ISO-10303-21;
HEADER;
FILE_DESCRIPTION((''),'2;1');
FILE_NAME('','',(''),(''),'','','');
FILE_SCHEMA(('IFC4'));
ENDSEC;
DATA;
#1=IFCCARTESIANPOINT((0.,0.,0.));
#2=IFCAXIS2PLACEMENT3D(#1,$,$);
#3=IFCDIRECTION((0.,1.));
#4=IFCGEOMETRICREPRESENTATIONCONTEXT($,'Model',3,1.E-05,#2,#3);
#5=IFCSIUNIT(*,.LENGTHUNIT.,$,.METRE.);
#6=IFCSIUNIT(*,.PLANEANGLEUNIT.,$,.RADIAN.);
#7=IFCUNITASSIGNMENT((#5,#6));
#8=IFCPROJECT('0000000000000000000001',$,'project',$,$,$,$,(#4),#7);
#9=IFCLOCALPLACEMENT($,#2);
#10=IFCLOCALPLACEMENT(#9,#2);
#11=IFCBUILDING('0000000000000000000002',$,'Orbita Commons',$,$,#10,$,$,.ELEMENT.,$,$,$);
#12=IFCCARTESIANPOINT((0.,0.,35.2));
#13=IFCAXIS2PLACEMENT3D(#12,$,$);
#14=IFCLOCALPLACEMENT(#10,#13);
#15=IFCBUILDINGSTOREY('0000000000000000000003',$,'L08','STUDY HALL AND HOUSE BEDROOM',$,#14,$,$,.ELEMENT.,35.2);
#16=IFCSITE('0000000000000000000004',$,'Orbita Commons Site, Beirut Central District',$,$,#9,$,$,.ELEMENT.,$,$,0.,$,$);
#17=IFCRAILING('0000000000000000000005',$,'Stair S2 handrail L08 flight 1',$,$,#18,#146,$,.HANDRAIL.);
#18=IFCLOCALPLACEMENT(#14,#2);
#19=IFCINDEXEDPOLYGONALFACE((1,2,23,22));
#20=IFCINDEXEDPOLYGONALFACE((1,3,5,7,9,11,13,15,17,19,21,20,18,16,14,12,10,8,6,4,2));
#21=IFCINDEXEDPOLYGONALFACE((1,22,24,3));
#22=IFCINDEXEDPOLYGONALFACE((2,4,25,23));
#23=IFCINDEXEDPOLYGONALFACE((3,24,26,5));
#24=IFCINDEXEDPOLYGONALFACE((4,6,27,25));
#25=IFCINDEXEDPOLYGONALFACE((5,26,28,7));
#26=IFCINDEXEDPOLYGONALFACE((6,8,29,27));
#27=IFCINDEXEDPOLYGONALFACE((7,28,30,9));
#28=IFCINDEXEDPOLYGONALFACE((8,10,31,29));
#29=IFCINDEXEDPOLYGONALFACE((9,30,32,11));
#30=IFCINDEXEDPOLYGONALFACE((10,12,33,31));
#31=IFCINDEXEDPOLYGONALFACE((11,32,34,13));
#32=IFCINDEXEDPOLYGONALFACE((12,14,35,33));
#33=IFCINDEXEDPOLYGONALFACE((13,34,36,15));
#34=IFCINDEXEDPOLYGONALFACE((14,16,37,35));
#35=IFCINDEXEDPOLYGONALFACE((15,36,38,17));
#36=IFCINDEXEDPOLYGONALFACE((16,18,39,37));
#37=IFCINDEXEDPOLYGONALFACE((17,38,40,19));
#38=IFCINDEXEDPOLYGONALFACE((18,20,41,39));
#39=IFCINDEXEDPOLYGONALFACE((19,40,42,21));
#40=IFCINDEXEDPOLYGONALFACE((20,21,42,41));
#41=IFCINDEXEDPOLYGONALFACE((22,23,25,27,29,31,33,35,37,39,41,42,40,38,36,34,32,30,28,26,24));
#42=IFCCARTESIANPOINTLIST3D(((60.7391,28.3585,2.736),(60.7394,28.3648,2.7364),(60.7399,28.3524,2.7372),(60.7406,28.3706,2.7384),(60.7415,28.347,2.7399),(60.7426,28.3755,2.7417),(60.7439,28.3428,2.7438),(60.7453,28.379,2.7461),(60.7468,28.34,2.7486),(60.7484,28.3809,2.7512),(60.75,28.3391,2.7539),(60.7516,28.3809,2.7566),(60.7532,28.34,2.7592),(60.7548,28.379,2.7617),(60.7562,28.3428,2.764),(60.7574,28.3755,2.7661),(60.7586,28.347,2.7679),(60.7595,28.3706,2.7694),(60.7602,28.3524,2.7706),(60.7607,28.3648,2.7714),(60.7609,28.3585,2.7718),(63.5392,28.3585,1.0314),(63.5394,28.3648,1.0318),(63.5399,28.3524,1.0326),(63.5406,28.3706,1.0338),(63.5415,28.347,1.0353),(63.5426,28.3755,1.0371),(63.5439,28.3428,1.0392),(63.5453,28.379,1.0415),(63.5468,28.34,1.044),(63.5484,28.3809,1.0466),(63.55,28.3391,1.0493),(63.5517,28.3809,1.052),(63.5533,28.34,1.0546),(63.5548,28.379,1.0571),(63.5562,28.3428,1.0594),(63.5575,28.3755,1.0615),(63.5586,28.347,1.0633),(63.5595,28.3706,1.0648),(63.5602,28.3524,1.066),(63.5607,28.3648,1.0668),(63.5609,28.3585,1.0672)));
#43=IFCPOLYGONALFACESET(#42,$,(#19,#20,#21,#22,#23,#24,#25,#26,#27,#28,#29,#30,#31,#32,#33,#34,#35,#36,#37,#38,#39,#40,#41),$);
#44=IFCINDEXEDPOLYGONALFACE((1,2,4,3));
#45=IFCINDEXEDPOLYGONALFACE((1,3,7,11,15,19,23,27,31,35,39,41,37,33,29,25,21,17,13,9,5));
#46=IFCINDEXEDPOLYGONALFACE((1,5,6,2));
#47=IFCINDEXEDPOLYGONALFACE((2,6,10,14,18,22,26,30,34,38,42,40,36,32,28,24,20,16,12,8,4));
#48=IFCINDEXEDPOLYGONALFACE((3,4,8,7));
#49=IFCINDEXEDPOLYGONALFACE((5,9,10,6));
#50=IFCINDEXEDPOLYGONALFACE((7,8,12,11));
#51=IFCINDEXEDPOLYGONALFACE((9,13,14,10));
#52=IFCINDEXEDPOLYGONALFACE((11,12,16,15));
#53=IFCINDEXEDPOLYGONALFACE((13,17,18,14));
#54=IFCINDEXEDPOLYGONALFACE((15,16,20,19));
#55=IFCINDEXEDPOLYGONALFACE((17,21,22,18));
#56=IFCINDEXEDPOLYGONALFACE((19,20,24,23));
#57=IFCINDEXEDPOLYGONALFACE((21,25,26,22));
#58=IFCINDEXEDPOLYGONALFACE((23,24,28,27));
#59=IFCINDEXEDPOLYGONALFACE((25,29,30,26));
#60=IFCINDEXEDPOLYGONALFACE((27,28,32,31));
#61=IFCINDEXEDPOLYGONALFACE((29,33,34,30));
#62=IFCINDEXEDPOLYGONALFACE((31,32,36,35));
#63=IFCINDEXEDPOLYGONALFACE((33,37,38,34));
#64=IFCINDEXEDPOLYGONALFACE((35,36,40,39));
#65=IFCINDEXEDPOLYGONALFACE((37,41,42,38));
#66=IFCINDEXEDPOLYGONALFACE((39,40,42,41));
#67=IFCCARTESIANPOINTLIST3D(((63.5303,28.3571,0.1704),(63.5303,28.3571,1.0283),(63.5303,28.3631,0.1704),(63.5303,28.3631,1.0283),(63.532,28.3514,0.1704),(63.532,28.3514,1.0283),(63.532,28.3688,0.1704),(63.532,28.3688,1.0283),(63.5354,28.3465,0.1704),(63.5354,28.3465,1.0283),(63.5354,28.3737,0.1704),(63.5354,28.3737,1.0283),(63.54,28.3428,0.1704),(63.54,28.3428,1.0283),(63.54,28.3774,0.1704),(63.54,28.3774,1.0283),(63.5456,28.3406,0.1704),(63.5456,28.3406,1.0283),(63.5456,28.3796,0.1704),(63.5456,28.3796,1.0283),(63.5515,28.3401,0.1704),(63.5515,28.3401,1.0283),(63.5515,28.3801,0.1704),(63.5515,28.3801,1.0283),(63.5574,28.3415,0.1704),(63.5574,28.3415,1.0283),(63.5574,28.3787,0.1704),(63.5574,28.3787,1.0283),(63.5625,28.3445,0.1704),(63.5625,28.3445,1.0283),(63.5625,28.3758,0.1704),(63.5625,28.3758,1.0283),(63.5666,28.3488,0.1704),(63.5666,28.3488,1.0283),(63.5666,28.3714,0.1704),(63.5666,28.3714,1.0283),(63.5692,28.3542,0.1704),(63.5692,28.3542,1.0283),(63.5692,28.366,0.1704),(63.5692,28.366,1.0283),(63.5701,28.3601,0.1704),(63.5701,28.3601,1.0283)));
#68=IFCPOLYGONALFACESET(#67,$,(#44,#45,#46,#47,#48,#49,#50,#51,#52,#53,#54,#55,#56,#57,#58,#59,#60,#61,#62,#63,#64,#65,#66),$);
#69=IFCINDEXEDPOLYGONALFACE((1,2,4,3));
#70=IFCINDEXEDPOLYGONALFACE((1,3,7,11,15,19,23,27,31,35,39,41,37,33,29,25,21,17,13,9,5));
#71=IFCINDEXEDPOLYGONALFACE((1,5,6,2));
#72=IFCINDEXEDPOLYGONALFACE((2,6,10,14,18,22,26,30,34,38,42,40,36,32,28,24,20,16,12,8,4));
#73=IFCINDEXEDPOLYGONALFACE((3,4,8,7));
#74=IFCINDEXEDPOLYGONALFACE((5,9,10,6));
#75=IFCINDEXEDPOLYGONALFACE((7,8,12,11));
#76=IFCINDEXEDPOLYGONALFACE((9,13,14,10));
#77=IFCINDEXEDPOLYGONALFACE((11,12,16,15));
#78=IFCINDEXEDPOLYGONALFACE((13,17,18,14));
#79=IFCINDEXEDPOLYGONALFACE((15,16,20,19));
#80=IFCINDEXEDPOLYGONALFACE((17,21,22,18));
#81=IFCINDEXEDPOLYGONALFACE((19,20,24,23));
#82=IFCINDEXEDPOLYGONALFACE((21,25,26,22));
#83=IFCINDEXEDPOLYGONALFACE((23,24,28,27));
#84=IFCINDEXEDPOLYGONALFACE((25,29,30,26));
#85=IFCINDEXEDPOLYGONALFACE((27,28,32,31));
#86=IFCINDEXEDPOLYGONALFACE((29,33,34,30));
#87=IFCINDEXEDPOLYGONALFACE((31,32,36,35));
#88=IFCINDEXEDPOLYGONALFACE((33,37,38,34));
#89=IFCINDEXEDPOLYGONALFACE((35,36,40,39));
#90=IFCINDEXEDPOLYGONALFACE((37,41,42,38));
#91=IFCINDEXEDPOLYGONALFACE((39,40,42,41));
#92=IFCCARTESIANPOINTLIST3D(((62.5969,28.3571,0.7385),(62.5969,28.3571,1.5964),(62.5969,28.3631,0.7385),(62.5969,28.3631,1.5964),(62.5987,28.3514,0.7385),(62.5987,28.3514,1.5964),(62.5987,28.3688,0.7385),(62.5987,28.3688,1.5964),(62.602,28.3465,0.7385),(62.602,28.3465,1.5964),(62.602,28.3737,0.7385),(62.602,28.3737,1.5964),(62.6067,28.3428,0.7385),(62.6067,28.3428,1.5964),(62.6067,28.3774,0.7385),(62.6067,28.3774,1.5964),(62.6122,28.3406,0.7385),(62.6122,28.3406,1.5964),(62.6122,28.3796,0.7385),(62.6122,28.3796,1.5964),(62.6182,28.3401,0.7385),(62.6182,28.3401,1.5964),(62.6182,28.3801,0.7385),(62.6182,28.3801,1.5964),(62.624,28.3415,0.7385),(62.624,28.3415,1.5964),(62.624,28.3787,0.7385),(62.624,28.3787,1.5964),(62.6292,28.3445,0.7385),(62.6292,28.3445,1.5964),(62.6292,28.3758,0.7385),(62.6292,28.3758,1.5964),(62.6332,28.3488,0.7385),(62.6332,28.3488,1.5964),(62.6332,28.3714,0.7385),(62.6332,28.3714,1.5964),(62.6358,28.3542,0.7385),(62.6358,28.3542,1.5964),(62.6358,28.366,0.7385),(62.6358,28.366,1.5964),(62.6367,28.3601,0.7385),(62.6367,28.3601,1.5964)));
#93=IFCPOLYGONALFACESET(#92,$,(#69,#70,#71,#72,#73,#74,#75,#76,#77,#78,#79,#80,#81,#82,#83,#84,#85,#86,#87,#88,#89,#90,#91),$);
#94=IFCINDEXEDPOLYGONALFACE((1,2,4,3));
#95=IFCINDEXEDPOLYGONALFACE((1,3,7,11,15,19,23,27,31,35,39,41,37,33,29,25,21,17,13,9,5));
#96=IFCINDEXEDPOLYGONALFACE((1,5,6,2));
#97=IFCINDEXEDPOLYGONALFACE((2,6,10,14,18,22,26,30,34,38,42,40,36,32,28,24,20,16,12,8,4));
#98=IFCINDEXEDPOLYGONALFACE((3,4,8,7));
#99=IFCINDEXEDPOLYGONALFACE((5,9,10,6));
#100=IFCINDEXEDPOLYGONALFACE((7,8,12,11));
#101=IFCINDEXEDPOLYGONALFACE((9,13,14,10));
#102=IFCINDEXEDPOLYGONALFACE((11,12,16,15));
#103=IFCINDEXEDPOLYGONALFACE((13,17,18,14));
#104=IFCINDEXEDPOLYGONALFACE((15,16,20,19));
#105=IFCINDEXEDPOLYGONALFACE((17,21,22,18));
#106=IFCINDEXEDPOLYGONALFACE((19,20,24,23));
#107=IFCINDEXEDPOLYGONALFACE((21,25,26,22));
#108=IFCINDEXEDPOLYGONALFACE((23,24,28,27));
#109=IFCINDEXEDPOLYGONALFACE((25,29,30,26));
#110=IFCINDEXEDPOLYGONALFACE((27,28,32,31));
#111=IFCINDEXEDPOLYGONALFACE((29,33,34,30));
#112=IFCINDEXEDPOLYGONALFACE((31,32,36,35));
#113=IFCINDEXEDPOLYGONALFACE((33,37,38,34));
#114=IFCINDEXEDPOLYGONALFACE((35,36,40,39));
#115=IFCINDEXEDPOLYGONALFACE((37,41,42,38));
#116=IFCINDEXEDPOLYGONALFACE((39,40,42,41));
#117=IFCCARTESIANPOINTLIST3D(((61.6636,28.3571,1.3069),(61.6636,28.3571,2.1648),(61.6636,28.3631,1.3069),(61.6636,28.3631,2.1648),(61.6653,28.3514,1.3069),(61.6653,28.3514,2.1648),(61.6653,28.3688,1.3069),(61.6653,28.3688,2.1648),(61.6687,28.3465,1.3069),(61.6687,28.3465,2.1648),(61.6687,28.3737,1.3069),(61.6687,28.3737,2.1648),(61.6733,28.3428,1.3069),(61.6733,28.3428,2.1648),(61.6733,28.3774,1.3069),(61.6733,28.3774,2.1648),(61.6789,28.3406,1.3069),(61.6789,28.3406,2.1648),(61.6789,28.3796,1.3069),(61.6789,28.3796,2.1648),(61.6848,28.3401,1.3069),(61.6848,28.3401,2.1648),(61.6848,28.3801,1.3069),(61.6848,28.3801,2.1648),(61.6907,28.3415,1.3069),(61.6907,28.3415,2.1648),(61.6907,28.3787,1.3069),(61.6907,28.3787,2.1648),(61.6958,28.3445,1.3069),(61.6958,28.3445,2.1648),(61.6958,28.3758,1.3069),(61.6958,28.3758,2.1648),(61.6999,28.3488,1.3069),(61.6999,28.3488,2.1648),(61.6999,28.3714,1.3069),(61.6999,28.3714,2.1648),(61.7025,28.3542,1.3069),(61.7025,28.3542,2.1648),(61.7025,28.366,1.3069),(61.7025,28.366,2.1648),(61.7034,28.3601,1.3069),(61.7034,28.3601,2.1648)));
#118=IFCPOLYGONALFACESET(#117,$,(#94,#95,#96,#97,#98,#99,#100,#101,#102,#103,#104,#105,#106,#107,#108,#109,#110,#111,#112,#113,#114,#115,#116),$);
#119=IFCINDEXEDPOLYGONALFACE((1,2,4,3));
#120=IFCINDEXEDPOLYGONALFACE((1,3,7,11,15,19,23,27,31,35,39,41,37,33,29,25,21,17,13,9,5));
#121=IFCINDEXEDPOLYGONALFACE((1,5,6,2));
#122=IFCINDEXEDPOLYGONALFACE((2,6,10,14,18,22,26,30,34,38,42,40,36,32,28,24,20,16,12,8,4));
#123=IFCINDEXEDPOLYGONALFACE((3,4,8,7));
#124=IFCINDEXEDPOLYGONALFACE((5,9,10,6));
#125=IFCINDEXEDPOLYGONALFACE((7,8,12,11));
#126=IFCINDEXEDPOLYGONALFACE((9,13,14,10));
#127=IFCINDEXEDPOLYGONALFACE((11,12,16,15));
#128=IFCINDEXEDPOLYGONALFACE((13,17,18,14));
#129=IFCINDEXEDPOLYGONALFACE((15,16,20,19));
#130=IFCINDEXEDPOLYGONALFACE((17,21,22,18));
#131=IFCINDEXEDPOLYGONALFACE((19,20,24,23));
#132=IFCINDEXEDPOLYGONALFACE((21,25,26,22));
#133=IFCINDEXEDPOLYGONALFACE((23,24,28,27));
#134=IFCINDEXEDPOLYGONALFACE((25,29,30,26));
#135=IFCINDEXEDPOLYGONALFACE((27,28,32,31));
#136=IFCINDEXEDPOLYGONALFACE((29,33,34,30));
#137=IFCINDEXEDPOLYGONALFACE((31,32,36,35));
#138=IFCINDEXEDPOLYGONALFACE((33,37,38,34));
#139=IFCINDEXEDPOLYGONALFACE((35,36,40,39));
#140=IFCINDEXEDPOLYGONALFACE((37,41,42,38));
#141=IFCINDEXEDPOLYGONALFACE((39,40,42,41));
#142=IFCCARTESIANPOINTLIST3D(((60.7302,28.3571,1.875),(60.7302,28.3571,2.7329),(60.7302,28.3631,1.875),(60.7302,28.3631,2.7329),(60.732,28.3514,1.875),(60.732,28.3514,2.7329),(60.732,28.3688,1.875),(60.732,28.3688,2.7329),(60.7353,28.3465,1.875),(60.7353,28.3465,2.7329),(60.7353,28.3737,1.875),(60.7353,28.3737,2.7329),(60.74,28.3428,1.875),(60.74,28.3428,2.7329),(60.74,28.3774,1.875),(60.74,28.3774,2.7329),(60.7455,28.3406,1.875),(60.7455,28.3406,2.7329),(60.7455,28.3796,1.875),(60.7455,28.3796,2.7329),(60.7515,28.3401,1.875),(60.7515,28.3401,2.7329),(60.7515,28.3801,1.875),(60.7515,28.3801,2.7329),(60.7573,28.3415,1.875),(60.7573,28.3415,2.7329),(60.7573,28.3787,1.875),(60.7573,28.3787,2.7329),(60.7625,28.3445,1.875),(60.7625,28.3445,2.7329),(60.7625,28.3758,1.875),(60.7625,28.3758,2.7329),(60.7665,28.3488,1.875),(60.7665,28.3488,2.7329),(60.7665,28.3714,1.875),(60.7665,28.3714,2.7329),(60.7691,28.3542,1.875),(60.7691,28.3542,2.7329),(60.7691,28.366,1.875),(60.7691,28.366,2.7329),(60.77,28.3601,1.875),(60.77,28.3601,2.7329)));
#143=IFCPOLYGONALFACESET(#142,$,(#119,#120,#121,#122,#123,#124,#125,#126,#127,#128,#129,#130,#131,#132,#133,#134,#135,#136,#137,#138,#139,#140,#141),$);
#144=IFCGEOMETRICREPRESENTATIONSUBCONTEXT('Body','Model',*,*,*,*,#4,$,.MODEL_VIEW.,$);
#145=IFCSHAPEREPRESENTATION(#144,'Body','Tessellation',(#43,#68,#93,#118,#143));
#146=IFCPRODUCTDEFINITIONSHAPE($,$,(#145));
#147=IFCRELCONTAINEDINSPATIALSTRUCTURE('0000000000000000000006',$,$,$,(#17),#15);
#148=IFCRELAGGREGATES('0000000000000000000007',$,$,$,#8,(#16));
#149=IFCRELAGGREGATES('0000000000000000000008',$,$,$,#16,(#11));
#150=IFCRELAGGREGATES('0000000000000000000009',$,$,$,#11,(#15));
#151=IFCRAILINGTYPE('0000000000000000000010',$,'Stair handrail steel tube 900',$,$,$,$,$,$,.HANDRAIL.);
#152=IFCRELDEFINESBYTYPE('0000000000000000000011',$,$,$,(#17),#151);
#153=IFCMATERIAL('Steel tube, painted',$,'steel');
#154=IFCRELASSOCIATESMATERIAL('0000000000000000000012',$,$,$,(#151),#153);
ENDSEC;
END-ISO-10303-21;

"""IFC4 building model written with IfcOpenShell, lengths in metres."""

from ifc_helpers import new_model, si_unit, direction, frame, origin, origin_2d, place, context, subcontext, project, spatial, circle, extrude, material, type_object, element, save


model = new_model("IFC4")

# Units and contexts
model_context = context("Model", 3, precision=1e-05, world=origin(), true_north=direction((0.0, 1.0)))
body_context = subcontext(model_context, "Body", "Model", "MODEL_VIEW")
ifc_project = project(units=[si_unit("LENGTHUNIT", "METRE"), si_unit("PLANEANGLEUNIT", "RADIAN")], contexts=[model_context])

# Site, building, storey
site_placement = place(None, origin())
site = spatial("IfcSite", under=ifc_project, at=site_placement, Name="Orbita Commons Site, Beirut Central District", CompositionType="ELEMENT", RefElevation=0.0)
building_placement = place(site_placement, origin())
building = spatial("IfcBuilding", under=site, at=building_placement, Name="Orbita Commons", CompositionType="ELEMENT")
storey_placement = place(building_placement, frame((0.0, 0.0, 35.2)))
storey = spatial("IfcBuildingStorey", under=building, at=storey_placement, Name="L08", Description="STUDY HALL AND HOUSE BEDROOM", CompositionType="ELEMENT", Elevation=35.2)

# Railing
ifc_material_1 = material(Name="Steel tube, painted", Category="steel")
railing_type = type_object("IfcRailingType", Name="Stair handrail steel tube 900", PredefinedType="HANDRAIL", material=ifc_material_1)
for number, where, name in (
    (1, (63.55, 28.3601, 0.1704), "Stair S2 handrail L08 flight 1"),
):
    element("IfcRailing", number, at=place(storey_placement, frame(where)), inside=storey, type_object=railing_type, Name=name, PredefinedType="HANDRAIL", context=body_context, shape_type="SweptSolid", body=[
        extrude(circle(Radius=0.021, at=origin_2d()), frame((0.0, 0.0, 0.8789), z_axis=(-0.85417, 0.0, 0.519994), x_axis=(0.0, -1.0, 0.0)), (0.0, 0.0, 1.0), 3.2781),
        extrude(circle(Radius=0.02, at=origin_2d()), origin(), (0.0, 0.0, 1.0), 0.8579),
        extrude(circle(Radius=0.02, at=origin_2d()), frame((-0.9333, 0.0, 0.5681)), (0.0, 0.0, 1.0), 0.8579),
        extrude(circle(Radius=0.02, at=origin_2d()), frame((-1.8667, 0.0, 1.1365)), (0.0, 0.0, 1.0), 0.8579),
        extrude(circle(Radius=0.02, at=origin_2d()), frame((-2.8, 0.0, 1.7046)), (0.0, 0.0, 1.0), 0.8579),
    ])

save(model, "model.ifc")
